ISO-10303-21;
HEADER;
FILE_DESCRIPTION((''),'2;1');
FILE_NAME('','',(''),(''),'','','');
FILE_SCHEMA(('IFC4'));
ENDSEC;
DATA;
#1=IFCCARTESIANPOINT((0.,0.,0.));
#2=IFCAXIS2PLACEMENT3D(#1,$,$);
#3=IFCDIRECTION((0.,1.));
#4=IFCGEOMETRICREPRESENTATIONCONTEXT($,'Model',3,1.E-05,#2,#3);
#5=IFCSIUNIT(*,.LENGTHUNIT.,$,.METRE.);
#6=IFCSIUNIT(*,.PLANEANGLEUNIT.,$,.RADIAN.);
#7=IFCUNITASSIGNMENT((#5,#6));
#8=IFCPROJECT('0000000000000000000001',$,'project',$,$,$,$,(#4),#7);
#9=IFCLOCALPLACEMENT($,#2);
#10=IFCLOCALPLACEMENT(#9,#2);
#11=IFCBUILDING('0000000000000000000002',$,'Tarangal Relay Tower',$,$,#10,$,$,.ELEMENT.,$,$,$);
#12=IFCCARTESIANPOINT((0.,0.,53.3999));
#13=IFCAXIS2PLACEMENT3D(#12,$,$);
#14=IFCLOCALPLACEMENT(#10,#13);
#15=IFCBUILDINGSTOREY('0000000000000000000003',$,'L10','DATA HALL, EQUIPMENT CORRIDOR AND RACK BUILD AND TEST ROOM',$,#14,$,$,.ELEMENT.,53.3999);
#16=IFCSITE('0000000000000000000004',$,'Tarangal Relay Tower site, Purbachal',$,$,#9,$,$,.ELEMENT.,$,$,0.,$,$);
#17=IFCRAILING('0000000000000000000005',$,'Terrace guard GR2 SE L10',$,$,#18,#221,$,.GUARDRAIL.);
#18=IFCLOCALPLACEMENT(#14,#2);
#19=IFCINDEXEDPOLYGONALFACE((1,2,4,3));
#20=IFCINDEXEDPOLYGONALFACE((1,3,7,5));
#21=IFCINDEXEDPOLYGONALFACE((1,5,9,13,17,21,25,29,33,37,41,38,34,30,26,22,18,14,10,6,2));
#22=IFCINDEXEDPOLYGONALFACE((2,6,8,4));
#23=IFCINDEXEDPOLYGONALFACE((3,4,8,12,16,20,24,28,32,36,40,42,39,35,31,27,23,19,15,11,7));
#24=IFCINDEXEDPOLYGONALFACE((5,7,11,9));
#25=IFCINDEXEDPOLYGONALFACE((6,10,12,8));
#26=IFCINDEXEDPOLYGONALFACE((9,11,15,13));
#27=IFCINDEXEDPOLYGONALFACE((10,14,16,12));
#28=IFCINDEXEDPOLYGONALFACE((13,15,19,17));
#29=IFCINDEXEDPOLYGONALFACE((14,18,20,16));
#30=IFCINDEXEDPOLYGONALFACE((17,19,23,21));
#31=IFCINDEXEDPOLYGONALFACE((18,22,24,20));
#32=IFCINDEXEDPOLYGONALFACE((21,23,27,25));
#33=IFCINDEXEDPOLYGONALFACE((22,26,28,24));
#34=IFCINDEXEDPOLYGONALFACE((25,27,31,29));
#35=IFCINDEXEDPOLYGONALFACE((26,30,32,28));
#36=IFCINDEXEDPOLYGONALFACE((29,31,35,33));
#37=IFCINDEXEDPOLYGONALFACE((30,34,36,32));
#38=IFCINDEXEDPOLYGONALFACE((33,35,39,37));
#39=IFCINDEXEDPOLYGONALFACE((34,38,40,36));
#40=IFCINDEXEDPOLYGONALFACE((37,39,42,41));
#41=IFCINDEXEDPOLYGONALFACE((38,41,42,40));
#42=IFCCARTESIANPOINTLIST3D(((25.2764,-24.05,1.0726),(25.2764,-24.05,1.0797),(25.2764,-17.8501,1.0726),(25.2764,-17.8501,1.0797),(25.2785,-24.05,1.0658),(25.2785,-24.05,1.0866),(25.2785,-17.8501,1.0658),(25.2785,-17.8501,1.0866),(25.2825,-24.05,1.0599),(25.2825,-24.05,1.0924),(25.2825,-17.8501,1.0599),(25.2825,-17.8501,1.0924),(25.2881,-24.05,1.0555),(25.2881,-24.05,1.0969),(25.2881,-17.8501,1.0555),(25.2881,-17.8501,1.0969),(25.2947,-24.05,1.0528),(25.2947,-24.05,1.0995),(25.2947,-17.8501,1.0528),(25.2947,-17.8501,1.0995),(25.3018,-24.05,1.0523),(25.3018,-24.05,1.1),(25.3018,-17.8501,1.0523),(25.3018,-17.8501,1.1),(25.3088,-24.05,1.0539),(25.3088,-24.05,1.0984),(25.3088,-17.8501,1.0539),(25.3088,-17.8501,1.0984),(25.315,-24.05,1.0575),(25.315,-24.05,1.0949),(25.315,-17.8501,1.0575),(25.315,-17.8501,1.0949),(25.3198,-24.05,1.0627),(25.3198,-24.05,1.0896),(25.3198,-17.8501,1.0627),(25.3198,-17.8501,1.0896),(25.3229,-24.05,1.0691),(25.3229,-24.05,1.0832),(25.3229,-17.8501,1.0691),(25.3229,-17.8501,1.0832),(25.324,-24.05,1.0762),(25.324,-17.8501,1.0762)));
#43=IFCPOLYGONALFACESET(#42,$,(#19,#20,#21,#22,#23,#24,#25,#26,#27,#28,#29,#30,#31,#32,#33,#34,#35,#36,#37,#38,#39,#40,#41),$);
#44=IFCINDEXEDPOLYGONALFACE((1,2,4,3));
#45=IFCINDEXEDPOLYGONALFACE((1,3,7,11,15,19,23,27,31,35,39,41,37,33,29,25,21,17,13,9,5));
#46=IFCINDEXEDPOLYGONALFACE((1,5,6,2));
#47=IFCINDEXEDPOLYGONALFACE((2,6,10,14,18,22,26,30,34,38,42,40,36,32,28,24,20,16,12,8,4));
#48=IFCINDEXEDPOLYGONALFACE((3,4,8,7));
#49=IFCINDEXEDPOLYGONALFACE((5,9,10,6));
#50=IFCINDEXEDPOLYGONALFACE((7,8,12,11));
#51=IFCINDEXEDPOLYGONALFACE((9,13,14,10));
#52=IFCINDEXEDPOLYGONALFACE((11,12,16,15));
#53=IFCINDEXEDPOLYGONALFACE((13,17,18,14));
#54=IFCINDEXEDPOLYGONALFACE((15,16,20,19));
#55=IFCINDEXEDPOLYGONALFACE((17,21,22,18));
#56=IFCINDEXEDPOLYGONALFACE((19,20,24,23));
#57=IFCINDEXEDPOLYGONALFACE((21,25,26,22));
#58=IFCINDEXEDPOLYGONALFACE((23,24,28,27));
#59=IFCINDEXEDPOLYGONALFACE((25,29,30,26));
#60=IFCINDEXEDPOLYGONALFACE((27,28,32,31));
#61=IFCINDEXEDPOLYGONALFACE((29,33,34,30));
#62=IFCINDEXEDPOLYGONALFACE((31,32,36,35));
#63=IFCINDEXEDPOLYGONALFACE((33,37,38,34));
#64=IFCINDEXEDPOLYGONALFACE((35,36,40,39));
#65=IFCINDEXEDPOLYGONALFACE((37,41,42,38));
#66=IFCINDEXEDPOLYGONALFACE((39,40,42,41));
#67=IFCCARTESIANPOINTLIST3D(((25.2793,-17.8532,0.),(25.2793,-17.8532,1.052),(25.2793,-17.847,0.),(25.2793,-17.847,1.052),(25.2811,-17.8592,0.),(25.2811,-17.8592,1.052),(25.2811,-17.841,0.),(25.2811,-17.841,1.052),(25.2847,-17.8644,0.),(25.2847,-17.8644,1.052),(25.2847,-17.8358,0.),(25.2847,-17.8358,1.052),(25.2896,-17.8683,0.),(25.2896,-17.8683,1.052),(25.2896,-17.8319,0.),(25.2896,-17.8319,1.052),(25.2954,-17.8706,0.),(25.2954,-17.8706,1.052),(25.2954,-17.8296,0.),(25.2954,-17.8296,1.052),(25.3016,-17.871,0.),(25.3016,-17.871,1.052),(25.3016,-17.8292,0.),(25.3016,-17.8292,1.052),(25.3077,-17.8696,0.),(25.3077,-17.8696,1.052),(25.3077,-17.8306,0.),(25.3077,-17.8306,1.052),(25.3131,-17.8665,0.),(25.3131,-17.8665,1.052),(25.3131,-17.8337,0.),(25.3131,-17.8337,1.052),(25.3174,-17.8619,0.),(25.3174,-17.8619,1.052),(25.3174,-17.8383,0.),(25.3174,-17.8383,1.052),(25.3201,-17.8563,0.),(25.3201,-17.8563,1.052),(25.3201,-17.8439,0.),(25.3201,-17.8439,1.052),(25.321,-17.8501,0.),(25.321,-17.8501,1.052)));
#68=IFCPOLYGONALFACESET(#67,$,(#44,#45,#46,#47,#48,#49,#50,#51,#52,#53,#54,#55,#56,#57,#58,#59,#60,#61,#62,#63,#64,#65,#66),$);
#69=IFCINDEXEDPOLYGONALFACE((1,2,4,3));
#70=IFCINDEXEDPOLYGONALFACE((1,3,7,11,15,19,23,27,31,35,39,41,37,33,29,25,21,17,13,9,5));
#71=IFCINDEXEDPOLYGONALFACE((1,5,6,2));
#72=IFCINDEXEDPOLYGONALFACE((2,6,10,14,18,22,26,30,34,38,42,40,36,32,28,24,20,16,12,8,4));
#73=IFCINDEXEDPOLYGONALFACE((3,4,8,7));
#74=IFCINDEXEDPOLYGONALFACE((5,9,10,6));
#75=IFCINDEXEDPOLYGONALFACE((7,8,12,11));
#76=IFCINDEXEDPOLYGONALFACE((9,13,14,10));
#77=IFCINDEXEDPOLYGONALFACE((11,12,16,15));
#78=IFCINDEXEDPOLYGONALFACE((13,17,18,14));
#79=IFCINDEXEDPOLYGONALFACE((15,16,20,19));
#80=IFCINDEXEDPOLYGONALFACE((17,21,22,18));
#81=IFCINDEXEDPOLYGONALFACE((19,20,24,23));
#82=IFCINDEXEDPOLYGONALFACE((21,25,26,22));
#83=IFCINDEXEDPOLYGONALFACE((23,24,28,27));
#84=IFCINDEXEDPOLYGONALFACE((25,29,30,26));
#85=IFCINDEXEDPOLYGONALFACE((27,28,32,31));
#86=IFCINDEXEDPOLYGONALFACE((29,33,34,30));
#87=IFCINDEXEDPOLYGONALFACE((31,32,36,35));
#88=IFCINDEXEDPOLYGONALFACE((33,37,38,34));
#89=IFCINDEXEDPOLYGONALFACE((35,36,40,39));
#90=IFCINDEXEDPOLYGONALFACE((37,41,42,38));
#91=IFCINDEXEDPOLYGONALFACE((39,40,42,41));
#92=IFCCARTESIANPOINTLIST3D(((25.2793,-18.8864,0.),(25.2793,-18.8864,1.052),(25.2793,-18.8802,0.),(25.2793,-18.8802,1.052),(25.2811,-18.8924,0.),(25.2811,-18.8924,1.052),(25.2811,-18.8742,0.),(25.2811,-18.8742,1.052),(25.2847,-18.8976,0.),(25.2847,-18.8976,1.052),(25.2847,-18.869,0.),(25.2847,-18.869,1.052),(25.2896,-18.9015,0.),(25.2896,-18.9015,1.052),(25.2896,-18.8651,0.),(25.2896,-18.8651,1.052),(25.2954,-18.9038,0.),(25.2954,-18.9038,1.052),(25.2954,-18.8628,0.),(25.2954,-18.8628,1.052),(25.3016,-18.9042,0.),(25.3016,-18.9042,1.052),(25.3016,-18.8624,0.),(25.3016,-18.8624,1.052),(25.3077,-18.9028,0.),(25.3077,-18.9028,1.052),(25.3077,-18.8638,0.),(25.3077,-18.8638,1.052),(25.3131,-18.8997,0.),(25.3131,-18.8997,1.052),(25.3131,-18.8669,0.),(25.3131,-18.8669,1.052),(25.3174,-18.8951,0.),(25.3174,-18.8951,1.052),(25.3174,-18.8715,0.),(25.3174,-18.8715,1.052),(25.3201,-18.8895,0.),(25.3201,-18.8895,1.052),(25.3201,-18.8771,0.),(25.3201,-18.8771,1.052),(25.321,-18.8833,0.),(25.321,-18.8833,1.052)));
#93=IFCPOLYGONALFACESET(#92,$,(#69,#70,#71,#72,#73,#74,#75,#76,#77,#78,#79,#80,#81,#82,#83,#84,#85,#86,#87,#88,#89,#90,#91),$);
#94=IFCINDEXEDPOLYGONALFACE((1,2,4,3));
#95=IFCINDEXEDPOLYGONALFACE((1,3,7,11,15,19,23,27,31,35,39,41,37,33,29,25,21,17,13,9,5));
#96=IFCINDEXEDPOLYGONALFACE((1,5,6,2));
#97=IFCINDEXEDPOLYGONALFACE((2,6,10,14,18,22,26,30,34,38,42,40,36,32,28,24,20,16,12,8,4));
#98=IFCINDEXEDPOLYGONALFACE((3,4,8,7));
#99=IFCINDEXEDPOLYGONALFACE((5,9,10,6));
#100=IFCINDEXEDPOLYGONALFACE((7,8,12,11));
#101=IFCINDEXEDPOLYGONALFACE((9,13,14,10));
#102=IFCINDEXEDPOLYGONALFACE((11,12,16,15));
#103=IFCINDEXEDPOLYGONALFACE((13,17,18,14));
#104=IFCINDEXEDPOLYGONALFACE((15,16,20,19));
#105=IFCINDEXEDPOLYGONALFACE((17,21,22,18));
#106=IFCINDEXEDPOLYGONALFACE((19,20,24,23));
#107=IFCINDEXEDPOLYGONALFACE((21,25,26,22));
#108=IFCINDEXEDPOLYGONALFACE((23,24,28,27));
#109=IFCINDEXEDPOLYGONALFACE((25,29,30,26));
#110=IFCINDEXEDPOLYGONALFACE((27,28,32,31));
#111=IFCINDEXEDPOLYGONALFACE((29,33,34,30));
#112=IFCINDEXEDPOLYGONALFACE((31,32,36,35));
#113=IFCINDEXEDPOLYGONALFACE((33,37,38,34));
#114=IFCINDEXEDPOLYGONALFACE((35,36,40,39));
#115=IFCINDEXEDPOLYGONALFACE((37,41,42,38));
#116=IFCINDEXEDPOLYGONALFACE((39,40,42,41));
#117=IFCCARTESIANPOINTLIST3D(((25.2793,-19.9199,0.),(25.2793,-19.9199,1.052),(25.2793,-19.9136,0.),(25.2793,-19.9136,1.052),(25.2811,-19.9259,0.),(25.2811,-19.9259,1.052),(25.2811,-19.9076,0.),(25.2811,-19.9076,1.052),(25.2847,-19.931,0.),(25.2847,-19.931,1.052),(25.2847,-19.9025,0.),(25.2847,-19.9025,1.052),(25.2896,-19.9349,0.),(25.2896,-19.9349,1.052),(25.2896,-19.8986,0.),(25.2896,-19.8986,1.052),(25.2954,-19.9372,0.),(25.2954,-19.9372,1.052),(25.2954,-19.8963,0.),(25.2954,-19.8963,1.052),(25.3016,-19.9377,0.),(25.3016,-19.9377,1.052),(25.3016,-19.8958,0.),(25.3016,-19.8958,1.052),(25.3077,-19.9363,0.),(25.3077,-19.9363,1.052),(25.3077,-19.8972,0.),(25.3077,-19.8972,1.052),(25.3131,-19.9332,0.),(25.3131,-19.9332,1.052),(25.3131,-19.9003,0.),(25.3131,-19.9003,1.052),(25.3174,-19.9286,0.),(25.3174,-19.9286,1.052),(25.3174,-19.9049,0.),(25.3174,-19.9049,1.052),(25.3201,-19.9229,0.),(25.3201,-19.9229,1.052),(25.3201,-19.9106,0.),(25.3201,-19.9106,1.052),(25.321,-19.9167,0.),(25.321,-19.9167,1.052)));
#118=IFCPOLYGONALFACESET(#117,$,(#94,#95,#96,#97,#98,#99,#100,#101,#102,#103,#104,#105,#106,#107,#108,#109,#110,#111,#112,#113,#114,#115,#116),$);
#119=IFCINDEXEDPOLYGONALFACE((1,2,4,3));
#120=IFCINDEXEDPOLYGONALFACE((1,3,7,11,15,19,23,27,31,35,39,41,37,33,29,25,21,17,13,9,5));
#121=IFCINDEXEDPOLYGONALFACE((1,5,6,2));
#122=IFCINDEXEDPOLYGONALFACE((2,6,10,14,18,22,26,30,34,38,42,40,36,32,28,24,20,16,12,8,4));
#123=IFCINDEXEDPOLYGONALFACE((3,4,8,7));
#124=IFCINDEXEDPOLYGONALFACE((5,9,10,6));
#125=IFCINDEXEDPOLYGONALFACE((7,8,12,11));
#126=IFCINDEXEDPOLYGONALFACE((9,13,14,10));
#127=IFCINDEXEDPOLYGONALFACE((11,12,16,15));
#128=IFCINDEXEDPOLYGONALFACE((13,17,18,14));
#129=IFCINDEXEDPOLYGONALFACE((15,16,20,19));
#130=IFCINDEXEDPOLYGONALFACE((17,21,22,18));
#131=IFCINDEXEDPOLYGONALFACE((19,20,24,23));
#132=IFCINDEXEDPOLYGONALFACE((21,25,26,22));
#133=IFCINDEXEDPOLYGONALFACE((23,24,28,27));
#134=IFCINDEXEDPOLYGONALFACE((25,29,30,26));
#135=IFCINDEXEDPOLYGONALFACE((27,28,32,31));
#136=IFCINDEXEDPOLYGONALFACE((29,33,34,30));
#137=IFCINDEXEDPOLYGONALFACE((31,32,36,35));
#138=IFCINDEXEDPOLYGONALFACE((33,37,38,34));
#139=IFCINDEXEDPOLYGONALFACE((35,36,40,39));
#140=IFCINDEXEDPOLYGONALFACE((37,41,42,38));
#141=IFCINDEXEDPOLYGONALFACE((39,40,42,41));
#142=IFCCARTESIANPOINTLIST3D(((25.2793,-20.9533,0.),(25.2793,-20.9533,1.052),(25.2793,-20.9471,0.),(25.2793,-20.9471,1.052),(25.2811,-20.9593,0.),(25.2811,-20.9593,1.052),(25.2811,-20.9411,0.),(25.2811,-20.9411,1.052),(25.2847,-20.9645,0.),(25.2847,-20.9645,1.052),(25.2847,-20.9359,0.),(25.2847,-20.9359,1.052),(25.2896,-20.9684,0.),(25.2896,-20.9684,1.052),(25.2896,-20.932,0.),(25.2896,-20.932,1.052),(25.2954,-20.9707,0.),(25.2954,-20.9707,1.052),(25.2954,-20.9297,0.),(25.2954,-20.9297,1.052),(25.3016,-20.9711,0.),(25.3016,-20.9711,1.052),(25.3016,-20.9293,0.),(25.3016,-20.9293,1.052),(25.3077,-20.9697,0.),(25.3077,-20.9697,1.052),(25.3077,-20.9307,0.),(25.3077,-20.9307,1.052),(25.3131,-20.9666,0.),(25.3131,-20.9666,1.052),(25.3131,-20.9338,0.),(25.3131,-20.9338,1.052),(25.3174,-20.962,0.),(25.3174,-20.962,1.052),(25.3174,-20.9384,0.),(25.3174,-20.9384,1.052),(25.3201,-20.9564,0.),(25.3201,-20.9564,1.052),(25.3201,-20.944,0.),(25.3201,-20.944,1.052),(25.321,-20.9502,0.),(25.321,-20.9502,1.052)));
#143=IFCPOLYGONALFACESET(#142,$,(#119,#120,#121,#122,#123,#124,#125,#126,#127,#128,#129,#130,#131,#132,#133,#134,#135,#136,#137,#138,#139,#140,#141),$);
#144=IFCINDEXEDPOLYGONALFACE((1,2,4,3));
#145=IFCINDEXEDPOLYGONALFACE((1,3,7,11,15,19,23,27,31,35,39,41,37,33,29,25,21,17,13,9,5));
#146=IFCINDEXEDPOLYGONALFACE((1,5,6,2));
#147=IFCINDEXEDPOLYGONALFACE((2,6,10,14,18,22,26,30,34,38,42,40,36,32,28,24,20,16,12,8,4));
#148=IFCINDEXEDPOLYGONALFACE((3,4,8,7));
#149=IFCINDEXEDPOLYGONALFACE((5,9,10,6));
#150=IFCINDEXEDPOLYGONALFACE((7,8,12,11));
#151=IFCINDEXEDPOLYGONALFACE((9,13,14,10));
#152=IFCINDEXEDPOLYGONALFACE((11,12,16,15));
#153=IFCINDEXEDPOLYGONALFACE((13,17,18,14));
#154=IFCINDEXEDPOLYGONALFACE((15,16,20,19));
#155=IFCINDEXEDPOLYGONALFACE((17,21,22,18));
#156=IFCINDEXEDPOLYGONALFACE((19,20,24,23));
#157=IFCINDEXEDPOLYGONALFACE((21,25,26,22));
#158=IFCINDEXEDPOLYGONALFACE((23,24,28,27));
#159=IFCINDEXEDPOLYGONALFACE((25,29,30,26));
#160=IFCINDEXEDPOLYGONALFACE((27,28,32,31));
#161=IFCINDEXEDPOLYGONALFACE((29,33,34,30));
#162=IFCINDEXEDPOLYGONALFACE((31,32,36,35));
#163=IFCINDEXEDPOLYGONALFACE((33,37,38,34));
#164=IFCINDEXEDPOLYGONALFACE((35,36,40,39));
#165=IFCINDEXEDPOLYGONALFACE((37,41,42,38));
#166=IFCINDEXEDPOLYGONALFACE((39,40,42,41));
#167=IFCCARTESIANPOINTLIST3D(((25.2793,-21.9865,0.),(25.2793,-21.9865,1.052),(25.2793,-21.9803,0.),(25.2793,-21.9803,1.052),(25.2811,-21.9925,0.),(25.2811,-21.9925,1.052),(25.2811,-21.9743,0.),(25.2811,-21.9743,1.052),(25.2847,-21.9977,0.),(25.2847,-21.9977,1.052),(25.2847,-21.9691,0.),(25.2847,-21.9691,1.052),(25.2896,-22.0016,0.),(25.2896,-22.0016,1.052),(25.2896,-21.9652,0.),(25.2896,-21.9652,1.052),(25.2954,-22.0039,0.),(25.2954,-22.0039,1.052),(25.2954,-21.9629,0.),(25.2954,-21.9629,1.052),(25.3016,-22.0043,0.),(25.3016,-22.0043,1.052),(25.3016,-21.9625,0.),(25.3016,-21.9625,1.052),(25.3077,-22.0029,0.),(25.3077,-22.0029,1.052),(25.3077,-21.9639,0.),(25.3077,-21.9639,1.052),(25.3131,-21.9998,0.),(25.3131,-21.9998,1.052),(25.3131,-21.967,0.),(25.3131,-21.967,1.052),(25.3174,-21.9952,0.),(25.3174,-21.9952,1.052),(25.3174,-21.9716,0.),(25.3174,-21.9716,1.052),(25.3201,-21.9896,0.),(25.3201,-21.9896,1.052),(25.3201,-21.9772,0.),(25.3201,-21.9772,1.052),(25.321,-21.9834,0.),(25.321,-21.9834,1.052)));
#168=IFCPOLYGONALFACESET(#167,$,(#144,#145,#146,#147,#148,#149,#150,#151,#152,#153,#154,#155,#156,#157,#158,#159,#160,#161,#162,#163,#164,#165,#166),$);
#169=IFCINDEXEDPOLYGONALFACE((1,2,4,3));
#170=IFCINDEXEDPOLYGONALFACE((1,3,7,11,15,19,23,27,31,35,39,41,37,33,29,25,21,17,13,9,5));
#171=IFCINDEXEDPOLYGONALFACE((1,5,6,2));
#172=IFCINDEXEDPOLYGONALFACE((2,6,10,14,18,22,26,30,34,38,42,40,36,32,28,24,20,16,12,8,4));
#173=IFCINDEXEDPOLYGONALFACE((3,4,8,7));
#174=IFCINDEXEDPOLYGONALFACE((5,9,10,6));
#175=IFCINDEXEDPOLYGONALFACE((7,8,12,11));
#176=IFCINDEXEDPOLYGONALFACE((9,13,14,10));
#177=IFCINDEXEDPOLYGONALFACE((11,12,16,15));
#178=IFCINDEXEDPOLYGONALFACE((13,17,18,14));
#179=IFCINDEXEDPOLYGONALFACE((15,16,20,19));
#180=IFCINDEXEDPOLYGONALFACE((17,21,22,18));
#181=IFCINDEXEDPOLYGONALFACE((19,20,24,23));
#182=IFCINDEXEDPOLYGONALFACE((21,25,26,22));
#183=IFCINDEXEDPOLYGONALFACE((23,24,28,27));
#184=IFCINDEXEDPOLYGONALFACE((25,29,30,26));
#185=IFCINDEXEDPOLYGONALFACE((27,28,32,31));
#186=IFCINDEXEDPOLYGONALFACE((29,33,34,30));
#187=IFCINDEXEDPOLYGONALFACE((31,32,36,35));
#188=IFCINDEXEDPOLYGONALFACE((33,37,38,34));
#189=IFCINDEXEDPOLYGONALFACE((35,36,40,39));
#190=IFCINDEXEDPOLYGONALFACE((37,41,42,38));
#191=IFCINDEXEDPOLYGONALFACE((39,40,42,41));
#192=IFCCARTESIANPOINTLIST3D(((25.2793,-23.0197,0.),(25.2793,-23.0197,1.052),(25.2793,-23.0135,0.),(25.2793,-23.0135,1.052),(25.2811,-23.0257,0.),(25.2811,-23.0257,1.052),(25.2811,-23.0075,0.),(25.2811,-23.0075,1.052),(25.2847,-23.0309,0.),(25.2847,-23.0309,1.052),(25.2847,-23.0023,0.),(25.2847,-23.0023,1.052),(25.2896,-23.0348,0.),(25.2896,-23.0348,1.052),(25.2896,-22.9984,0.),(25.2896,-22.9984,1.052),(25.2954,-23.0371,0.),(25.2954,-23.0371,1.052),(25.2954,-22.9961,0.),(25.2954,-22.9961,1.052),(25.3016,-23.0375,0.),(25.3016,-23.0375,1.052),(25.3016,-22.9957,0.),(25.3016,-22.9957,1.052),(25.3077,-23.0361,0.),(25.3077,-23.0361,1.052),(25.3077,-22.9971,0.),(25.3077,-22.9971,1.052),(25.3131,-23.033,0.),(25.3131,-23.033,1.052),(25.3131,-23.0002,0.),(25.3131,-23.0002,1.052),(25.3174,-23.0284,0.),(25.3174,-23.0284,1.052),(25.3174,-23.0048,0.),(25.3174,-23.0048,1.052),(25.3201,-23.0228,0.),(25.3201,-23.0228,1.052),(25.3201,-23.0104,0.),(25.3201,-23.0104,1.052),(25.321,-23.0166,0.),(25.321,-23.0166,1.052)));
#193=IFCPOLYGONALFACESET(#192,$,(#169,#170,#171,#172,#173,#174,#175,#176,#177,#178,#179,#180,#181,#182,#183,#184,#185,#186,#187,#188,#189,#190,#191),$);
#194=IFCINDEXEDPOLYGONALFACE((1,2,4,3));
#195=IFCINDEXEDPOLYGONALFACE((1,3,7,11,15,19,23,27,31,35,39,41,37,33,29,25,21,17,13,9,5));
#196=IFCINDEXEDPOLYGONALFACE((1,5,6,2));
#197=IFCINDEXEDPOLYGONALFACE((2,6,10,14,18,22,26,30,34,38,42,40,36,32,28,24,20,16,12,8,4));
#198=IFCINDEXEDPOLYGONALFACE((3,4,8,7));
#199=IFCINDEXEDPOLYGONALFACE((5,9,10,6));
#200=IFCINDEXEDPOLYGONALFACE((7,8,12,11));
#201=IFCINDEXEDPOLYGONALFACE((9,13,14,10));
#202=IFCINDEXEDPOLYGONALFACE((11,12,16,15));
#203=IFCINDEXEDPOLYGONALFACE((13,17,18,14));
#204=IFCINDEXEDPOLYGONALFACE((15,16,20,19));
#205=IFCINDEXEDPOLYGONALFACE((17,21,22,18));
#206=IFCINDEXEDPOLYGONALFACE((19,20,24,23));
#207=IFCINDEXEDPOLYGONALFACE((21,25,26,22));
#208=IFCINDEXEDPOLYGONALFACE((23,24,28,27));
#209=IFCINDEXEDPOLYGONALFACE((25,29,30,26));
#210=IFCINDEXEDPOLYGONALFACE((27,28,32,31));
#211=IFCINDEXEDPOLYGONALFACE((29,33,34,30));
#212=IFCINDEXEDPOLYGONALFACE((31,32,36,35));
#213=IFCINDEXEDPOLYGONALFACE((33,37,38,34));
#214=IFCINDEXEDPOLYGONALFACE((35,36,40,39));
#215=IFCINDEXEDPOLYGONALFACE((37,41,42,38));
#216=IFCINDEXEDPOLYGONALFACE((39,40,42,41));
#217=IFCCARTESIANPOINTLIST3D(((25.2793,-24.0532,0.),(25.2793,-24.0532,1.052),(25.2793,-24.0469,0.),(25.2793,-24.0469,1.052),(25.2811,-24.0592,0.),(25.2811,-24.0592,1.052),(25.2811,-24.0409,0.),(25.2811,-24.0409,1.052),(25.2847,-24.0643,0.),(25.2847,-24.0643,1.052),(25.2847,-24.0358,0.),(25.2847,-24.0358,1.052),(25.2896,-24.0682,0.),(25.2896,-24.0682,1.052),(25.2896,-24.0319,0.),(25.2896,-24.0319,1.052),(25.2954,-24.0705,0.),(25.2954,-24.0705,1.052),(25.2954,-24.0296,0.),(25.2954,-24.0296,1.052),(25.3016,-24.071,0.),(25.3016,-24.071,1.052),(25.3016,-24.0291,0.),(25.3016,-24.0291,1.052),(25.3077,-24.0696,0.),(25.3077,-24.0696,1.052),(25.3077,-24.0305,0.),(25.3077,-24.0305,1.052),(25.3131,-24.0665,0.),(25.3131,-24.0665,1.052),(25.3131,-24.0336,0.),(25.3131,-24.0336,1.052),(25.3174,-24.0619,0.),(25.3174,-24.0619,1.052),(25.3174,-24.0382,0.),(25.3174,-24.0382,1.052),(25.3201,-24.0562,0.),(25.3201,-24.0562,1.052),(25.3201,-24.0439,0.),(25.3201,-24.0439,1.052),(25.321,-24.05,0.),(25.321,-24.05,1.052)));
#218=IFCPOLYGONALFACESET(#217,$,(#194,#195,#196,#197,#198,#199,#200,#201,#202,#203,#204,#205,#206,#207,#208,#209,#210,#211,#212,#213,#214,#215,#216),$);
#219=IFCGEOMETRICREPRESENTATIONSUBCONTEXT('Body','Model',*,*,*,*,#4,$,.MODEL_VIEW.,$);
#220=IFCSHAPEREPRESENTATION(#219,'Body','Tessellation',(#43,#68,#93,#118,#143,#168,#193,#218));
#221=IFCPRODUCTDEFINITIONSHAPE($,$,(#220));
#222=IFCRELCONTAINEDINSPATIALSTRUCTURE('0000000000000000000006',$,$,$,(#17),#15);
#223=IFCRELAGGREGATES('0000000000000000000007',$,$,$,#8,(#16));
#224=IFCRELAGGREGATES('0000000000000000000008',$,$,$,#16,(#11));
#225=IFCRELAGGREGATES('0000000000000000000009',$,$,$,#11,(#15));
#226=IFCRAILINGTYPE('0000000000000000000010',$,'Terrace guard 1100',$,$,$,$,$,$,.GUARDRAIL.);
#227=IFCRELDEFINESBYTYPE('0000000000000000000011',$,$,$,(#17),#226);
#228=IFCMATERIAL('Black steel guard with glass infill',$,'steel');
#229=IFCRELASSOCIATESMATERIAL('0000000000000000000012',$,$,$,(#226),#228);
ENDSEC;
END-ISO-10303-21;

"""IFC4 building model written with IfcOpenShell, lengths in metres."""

from ifc_helpers import new_model, si_unit, direction, frame, origin, origin_2d, place, context, subcontext, project, spatial, circle, extrude, material, type_object, element, save


model = new_model("IFC4")

# Units and contexts
model_context = context("Model", 3, precision=1e-05, world=origin(), true_north=direction((0.0, 1.0)))
body_context = subcontext(model_context, "Body", "Model", "MODEL_VIEW")
ifc_project = project(units=[si_unit("LENGTHUNIT", "METRE"), si_unit("PLANEANGLEUNIT", "RADIAN")], contexts=[model_context])

# Site, building, storey
site_placement = place(None, origin())
site = spatial("IfcSite", under=ifc_project, at=site_placement, Name="Tarangal Relay Tower site, Purbachal", CompositionType="ELEMENT", RefElevation=0.0)
building_placement = place(site_placement, origin())
building = spatial("IfcBuilding", under=site, at=building_placement, Name="Tarangal Relay Tower", CompositionType="ELEMENT")
storey_placement = place(building_placement, frame((0.0, 0.0, 53.3999)))
storey = spatial("IfcBuildingStorey", under=building, at=storey_placement, Name="L10", Description="DATA HALL, EQUIPMENT CORRIDOR AND RACK BUILD AND TEST ROOM", CompositionType="ELEMENT", Elevation=53.3999)

# Railing
ifc_material_1 = material(Name="Black steel guard with glass infill", Category="steel")
railing_type = type_object("IfcRailingType", Name="Terrace guard 1100", PredefinedType="GUARDRAIL", material=ifc_material_1)
railing_1_placement = place(storey_placement, frame((25.3, -17.8501, 0.0)))
element("IfcRailing", 1, at=railing_1_placement, inside=storey, type_object=railing_type, Name="Terrace guard GR2 SE L10", PredefinedType="GUARDRAIL", context=body_context, shape_type="SweptSolid", body=[
    extrude(circle(Radius=0.0239, at=origin_2d()), frame((0.0, 0.0, 1.0762), z_axis=(0.0, -1.0, 0.0), x_axis=(1.0, 0.0, 0.0)), (0.0, 0.0, 1.0), 6.2),
    extrude(circle(Radius=0.021, at=origin_2d()), origin(), (0.0, 0.0, 1.0), 1.052),
    extrude(circle(Radius=0.021, at=origin_2d()), frame((0.0, -1.0332, 0.0)), (0.0, 0.0, 1.0), 1.052),
    extrude(circle(Radius=0.021, at=origin_2d()), frame((0.0, -2.0667, 0.0)), (0.0, 0.0, 1.0), 1.052),
    extrude(circle(Radius=0.021, at=origin_2d()), frame((0.0, -3.1001, 0.0)), (0.0, 0.0, 1.0), 1.052),
    extrude(circle(Radius=0.021, at=origin_2d()), frame((0.0, -4.1333, 0.0)), (0.0, 0.0, 1.0), 1.052),
    extrude(circle(Radius=0.021, at=origin_2d()), frame((0.0, -5.1665, 0.0)), (0.0, 0.0, 1.0), 1.052),
    extrude(circle(Radius=0.021, at=origin_2d()), frame((0.0, -6.2, 0.0)), (0.0, 0.0, 1.0), 1.052),
])

save(model, "model.ifc")
